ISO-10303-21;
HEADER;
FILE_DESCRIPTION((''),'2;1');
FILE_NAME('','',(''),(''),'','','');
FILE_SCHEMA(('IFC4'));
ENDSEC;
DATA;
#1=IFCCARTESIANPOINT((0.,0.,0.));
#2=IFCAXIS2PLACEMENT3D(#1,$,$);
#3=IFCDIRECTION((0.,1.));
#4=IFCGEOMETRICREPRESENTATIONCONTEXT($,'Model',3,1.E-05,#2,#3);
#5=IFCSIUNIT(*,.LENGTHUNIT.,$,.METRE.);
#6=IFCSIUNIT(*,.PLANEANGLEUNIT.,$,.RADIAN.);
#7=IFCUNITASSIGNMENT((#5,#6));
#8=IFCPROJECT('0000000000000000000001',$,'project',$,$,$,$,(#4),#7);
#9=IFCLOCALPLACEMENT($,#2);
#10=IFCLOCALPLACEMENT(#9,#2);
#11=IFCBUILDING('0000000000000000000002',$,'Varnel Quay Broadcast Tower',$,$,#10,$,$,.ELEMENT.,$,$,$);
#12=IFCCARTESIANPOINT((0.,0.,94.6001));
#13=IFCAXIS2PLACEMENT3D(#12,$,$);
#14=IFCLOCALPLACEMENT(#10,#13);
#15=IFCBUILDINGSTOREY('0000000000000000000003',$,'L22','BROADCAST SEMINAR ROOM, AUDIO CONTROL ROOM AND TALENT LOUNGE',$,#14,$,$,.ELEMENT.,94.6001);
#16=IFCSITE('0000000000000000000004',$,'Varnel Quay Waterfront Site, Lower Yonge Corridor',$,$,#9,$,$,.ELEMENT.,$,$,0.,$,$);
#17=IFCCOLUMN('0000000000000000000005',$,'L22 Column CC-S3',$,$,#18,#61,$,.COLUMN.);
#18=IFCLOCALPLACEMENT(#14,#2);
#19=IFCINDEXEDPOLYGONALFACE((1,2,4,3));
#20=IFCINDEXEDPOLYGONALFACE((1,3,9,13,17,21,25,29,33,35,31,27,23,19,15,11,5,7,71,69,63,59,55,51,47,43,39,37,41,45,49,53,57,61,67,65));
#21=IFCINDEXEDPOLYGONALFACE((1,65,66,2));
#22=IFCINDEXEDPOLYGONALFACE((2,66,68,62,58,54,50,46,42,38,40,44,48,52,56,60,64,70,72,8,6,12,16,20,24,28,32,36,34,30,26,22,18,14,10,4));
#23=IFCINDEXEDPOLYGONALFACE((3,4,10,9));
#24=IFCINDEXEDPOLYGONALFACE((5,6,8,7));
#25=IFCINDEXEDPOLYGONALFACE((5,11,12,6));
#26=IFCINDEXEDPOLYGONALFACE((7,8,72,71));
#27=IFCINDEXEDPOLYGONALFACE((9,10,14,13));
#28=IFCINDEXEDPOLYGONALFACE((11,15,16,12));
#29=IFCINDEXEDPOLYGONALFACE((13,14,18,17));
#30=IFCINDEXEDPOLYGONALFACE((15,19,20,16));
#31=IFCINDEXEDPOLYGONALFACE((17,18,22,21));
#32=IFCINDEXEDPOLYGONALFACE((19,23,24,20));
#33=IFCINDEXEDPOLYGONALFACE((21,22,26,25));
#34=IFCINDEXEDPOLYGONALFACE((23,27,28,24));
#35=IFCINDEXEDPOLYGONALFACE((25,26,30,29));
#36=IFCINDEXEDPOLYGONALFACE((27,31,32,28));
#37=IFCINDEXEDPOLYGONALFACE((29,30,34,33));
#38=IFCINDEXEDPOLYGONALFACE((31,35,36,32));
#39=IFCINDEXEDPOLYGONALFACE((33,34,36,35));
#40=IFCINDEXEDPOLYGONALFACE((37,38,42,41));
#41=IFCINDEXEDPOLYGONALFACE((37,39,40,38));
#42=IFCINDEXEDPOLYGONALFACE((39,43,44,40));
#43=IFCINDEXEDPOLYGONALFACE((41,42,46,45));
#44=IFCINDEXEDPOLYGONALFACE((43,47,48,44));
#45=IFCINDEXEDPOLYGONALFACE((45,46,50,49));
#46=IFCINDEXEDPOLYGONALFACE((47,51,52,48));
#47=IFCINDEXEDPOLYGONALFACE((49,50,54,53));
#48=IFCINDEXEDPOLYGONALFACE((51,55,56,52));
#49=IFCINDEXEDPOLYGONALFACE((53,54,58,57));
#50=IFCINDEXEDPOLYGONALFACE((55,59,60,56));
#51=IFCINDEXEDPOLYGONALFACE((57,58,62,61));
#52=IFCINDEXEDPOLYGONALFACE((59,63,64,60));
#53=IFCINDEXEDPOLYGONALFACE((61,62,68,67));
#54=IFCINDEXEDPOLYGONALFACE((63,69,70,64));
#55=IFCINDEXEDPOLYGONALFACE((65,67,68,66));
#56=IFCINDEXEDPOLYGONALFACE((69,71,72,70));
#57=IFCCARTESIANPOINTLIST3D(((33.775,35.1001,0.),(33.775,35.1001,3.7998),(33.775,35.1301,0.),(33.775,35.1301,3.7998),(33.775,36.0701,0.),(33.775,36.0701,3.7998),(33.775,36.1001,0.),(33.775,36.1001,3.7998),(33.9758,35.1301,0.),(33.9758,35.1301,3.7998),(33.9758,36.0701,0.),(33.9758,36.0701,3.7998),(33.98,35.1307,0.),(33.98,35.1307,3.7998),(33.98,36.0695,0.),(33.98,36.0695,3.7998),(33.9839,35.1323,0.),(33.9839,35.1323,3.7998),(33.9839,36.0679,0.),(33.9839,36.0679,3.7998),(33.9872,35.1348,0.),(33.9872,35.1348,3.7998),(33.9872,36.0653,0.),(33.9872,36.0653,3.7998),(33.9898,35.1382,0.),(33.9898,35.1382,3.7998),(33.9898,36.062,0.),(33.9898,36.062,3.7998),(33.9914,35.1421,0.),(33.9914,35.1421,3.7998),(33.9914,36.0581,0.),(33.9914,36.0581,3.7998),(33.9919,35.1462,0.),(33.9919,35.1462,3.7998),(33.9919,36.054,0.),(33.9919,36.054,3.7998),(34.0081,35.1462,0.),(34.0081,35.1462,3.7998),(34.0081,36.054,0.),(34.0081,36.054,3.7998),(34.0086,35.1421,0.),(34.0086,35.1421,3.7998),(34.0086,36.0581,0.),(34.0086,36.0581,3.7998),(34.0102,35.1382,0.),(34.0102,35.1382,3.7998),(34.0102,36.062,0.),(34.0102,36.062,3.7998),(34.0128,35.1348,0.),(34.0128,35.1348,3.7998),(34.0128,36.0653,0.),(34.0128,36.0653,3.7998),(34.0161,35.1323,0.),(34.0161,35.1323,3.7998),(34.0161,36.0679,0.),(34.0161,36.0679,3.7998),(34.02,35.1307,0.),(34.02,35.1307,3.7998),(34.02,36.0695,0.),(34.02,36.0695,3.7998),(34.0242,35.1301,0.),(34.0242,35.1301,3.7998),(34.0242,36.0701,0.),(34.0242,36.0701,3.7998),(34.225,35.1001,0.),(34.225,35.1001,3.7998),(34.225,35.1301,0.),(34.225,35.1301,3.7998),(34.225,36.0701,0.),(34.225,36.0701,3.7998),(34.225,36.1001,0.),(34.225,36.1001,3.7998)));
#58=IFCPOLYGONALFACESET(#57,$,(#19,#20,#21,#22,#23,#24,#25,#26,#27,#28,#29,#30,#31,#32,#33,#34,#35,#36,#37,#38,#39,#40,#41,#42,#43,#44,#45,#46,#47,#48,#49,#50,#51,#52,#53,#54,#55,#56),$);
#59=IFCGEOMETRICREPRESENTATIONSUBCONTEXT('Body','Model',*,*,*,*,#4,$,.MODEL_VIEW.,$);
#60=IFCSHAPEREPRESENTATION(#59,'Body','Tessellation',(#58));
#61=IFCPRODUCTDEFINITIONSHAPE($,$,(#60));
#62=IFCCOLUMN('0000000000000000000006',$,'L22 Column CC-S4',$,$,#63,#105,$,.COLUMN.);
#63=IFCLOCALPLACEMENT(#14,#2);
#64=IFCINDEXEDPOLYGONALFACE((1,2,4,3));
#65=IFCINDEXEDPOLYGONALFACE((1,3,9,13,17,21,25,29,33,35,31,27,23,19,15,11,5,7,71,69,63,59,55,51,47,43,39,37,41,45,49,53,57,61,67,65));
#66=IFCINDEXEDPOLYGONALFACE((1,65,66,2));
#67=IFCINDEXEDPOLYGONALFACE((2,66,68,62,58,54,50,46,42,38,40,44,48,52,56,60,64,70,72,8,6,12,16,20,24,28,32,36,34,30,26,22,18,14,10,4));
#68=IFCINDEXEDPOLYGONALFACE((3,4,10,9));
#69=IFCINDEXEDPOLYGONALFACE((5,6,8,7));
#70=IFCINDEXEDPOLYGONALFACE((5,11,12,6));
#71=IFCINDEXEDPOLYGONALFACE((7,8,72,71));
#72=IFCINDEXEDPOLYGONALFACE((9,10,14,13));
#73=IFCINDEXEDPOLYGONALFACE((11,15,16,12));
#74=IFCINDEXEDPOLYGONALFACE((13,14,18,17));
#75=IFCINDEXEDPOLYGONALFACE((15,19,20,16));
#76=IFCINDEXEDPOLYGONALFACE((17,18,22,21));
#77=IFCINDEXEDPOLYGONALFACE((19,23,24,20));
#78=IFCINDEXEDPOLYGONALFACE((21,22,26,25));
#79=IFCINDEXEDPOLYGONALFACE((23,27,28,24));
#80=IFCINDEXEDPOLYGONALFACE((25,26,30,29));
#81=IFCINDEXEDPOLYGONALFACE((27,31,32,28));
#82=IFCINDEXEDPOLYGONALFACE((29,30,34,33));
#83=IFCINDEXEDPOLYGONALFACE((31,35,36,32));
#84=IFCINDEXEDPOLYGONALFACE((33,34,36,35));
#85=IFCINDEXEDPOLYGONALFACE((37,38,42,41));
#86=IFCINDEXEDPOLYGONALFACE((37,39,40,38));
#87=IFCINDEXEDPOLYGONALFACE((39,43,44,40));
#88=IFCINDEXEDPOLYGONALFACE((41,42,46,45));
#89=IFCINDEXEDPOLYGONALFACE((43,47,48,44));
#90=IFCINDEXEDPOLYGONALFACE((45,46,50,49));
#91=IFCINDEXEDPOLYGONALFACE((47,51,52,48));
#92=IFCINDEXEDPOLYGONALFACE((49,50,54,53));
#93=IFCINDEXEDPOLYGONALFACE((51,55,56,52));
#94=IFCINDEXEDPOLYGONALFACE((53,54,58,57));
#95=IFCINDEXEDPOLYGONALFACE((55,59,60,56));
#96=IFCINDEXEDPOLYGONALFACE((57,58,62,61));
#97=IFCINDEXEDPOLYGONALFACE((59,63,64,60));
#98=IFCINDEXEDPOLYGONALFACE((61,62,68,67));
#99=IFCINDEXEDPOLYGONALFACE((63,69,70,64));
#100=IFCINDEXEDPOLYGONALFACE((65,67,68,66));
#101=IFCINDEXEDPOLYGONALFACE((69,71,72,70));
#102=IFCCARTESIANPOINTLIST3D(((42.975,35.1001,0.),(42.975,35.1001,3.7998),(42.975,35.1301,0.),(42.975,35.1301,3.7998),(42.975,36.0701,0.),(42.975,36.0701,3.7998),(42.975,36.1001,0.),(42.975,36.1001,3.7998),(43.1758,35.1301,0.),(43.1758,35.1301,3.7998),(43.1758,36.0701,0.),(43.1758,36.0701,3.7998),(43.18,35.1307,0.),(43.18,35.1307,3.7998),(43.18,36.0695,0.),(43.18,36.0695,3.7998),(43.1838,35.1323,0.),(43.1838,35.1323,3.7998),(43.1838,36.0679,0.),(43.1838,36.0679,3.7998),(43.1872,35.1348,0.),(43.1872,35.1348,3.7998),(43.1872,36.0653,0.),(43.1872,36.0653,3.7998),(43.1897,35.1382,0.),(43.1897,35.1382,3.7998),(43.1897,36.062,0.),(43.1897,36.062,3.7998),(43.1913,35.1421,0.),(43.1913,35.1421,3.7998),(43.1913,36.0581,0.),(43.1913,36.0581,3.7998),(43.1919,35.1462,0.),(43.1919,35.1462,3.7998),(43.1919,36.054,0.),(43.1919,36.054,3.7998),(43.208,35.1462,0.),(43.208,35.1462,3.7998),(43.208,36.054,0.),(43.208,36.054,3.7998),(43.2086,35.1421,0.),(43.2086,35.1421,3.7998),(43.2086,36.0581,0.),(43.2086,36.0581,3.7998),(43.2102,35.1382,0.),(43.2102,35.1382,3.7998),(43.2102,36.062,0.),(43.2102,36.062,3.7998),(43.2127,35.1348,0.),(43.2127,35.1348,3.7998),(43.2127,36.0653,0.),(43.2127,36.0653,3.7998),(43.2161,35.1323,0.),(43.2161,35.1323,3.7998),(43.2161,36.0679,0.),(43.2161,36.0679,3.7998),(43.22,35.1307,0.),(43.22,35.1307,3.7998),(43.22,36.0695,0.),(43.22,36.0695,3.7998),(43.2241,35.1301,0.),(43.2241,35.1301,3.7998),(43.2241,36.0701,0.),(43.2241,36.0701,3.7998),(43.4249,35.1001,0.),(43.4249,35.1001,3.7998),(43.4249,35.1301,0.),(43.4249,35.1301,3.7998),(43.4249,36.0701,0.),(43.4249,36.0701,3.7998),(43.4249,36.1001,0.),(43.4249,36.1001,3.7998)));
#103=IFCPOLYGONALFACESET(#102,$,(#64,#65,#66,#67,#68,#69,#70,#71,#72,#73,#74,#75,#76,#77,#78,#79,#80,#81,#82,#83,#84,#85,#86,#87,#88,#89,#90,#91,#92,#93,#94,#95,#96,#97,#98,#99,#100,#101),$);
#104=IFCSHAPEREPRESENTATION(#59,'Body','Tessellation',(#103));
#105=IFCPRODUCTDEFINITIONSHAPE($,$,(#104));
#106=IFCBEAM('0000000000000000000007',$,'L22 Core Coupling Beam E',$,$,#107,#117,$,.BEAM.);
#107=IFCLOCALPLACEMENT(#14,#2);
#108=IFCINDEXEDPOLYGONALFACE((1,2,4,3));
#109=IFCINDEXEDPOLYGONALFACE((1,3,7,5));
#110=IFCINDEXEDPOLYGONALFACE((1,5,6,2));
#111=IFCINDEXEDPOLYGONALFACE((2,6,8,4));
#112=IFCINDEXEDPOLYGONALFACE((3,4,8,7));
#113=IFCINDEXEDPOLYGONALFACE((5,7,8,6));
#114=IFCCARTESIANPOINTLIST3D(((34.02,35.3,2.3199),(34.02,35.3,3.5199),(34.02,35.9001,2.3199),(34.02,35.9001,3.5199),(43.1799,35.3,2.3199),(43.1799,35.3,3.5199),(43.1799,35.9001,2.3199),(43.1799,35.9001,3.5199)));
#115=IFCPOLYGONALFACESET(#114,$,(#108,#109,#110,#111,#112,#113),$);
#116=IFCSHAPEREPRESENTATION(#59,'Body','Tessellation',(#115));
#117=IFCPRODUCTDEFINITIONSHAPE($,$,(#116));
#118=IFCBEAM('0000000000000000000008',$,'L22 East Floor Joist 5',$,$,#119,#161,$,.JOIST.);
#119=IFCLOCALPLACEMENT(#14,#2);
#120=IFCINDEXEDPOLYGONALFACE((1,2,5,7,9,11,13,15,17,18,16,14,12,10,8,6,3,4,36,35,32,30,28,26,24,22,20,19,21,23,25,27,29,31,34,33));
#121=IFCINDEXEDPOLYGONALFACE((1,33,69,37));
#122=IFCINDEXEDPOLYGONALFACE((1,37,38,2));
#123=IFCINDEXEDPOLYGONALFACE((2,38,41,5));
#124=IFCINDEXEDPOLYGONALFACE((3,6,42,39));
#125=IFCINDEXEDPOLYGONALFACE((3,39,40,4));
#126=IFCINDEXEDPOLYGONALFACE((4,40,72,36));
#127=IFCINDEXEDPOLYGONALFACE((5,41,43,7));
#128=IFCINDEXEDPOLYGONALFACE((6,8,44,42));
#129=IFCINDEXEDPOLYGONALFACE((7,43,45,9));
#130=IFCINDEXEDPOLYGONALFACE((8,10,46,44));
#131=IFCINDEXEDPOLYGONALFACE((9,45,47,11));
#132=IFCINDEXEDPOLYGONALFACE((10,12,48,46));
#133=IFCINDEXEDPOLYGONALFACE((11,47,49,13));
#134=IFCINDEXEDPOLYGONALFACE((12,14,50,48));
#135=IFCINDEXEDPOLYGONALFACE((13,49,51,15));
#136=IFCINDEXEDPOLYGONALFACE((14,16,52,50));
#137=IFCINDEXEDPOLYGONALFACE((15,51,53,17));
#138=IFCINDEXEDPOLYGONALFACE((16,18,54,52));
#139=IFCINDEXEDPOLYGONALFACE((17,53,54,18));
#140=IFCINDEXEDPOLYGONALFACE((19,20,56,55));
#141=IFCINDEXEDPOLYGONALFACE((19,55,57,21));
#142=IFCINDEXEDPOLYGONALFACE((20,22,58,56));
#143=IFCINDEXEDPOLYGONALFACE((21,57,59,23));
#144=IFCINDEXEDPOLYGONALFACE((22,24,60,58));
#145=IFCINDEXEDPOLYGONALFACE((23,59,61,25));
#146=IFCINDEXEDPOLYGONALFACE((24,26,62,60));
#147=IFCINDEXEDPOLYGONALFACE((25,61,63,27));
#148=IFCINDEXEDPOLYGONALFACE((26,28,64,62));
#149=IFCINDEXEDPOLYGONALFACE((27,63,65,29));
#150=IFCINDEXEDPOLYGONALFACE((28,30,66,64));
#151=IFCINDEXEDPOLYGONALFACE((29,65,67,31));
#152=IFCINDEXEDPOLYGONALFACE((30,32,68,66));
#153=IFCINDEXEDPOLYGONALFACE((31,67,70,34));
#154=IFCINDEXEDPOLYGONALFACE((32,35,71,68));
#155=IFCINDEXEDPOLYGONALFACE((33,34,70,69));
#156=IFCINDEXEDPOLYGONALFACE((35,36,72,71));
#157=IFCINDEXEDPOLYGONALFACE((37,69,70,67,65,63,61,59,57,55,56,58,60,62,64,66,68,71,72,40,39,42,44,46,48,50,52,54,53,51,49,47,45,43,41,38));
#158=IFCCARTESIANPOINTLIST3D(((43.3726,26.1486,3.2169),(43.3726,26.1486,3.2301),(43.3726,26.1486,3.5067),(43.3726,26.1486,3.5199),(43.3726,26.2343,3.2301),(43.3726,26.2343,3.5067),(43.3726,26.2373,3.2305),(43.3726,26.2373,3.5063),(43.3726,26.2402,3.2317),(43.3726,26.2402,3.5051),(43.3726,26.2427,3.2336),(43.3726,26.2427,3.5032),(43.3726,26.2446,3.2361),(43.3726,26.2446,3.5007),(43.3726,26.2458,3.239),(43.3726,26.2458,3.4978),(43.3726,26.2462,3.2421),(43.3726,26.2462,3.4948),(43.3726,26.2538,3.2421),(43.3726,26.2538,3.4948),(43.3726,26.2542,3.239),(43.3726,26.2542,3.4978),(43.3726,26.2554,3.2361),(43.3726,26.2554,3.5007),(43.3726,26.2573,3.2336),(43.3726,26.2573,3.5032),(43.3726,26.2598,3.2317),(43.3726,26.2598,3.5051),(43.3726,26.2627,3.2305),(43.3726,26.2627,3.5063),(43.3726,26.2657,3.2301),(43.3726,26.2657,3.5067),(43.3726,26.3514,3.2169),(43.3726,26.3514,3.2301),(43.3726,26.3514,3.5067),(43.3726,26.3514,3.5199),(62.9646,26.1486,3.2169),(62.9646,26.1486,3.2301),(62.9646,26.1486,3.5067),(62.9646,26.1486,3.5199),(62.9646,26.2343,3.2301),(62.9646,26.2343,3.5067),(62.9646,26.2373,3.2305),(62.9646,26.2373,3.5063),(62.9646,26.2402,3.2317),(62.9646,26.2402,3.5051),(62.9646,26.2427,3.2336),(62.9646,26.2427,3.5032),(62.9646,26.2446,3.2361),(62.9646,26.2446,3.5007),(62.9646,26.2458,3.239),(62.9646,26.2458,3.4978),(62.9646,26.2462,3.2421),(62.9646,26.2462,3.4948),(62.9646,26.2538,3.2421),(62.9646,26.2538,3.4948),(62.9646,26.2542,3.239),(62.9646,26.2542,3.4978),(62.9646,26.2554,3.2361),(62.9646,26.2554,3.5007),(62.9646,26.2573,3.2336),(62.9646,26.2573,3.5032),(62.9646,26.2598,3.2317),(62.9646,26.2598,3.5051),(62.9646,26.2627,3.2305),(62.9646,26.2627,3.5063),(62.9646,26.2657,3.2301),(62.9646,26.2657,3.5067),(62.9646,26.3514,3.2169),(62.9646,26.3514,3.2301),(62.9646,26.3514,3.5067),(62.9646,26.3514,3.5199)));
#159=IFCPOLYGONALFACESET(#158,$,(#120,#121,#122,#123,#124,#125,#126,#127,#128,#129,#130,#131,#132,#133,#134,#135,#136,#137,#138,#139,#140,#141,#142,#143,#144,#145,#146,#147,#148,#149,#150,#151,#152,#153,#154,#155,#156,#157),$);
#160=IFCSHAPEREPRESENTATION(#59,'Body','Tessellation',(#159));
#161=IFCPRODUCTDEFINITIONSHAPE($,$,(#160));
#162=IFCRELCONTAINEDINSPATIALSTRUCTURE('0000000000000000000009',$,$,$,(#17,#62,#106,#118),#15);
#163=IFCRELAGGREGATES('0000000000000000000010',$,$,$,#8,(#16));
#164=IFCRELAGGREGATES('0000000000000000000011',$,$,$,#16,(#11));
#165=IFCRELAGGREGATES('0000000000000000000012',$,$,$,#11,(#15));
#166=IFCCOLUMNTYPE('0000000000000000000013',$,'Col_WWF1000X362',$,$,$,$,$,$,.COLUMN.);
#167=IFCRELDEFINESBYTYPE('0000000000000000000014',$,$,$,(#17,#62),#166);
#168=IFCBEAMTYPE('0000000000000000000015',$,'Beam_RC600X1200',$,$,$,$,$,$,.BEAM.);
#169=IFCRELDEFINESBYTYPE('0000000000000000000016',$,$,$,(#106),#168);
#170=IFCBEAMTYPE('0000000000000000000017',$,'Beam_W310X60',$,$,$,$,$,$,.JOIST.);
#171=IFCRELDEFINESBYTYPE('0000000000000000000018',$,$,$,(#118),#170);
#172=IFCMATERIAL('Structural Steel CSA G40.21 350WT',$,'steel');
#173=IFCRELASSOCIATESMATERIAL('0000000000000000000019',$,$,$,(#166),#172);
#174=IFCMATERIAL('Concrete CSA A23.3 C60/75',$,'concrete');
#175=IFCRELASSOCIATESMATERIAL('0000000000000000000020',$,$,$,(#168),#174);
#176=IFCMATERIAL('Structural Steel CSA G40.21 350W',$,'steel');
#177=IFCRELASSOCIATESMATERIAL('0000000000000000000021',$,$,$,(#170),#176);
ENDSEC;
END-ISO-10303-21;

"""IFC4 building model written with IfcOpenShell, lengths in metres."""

from ifc_helpers import new_model, si_unit, direction, frame, origin, origin_2d, place, context, subcontext, project, spatial, rectangle, i_section, extrude, source, transform, mapped, material, material_profile, profile_set, type_object, type_shapes, element, save


model = new_model("IFC4")

# Units and contexts
model_context = context("Model", 3, precision=1e-05, world=origin(), true_north=direction((0.0, 1.0)))
body_context = subcontext(model_context, "Body", "Model", "MODEL_VIEW")
ifc_project = project(units=[si_unit("LENGTHUNIT", "METRE"), si_unit("PLANEANGLEUNIT", "RADIAN")], contexts=[model_context])

# Site, building, storey
site_placement = place(None, origin())
site = spatial("IfcSite", under=ifc_project, at=site_placement, Name="Varnel Quay Waterfront Site, Lower Yonge Corridor", CompositionType="ELEMENT", RefElevation=0.0)
building_placement = place(site_placement, origin())
building = spatial("IfcBuilding", under=site, at=building_placement, Name="Varnel Quay Broadcast Tower", CompositionType="ELEMENT")
storey_placement = place(building_placement, frame((0.0, 0.0, 94.6001)))
storey = spatial("IfcBuildingStorey", under=building, at=storey_placement, Name="L22", Description="BROADCAST SEMINAR ROOM, AUDIO CONTROL ROOM AND TALENT LOUNGE", CompositionType="ELEMENT", Elevation=94.6001)

# Columns
ifc_material_1 = material(Name="Structural Steel CSA G40.21 350WT", Category="steel")
ifc_material_profile_1 = material_profile(ifc_material_1, i_section(OverallWidth=0.45, OverallDepth=1.0, WebThickness=0.0161, FlangeThickness=0.03, FilletRadius=0.0161, at=origin_2d()), Name="WWF1000X362")
ifc_profile_set_1 = profile_set([ifc_material_profile_1], Name="Structural Steel CSA G40.21 350WT")
column_type = type_object("IfcColumnType", Name="Col_WWF1000X362", PredefinedType="COLUMN", material=ifc_profile_set_1)
shared_shape_1 = source(origin(), body_context, "Body", "SweptSolid", [
    extrude(i_section(OverallWidth=0.45, OverallDepth=1.0, WebThickness=0.0161, FlangeThickness=0.03, FilletRadius=0.0161, at=origin_2d()), origin(), (0.0, 0.0, 1.0), 3.7998),
])
type_shapes(column_type, [shared_shape_1])
for number, where, z_axis, x_axis, name in (
    (1, (34.0, 35.6001, 0.0), (0.0, 0.0, 1.0), (1.0, 0.0, 0.0), "L22 Column CC-S3"),
    (2, (43.2, 35.6001, 0.0), (0.0, 0.0, 1.0), (1.0, 0.0, 0.0), "L22 Column CC-S4"),
):
    element("IfcColumn", number, at=place(storey_placement, frame(where, z_axis=z_axis, x_axis=x_axis)), inside=storey, type_object=column_type, Name=name, PredefinedType="COLUMN", context=body_context, shape_type="MappedRepresentation", body=[
        mapped(shared_shape_1, transform((0.0, 0.0, 0.0), x_axis=(1.0, 0.0, 0.0), y_axis=(0.0, 1.0, 0.0), z_axis=(0.0, 0.0, 1.0), scale=1.0)),
    ])

# Beams
ifc_material_2 = material(Name="Concrete CSA A23.3 C60/75", Category="concrete")
ifc_material_profile_2 = material_profile(ifc_material_2, rectangle(XDim=0.6001, YDim=1.2, at=origin_2d()), Name="RC600X1200")
ifc_profile_set_2 = profile_set([ifc_material_profile_2], Name="Concrete CSA A23.3 C60/75")
beam_type_1 = type_object("IfcBeamType", Name="Beam_RC600X1200", PredefinedType="BEAM", material=ifc_profile_set_2)
shared_shape_2 = source(origin(), body_context, "Body", "SweptSolid", [
    extrude(rectangle(XDim=0.6001, YDim=1.2, at=origin_2d()), origin(), (0.0, 0.0, 1.0), 9.1599),
])
type_shapes(beam_type_1, [shared_shape_2])
beam_1_placement = place(storey_placement, frame((34.02, 35.6001, 2.9199), z_axis=(1.0, 0.0, 0.0), x_axis=(0.0, 1.0, 0.0)))
element("IfcBeam", 3, at=beam_1_placement, inside=storey, type_object=beam_type_1, Name="L22 Core Coupling Beam E", PredefinedType="BEAM", context=body_context, shape_type="MappedRepresentation", body=[
    mapped(shared_shape_2, transform((0.0, 0.0, 0.0), x_axis=(1.0, 0.0, 0.0), y_axis=(0.0, 1.0, 0.0), z_axis=(0.0, 0.0, 1.0), scale=1.0)),
])
ifc_material_3 = material(Name="Structural Steel CSA G40.21 350W", Category="steel")
ifc_material_profile_3 = material_profile(ifc_material_3, i_section(OverallWidth=0.2029, OverallDepth=0.303, WebThickness=0.0076, FlangeThickness=0.0132, FilletRadius=0.012, at=origin_2d()), Name="W310X60")
ifc_profile_set_3 = profile_set([ifc_material_profile_3], Name="Structural Steel CSA G40.21 350W")
beam_type_2 = type_object("IfcBeamType", Name="Beam_W310X60", PredefinedType="JOIST", material=ifc_profile_set_3)
shared_shape_3 = source(origin(), body_context, "Body", "SweptSolid", [
    extrude(i_section(OverallWidth=0.2029, OverallDepth=0.303, WebThickness=0.0076, FlangeThickness=0.0132, FilletRadius=0.012, at=origin_2d()), origin(), (0.0, 0.0, 1.0), 19.592),
])
type_shapes(beam_type_2, [shared_shape_3])
beam_2_placement = place(storey_placement, frame((43.3726, 26.25, 3.3684), z_axis=(1.0, 0.0, 0.0), x_axis=(0.0, 1.0, 0.0)))
element("IfcBeam", 4, at=beam_2_placement, inside=storey, type_object=beam_type_2, Name="L22 East Floor Joist 5", PredefinedType="JOIST", context=body_context, shape_type="MappedRepresentation", body=[
    mapped(shared_shape_3, transform((0.0, 0.0, 0.0), x_axis=(1.0, 0.0, 0.0), y_axis=(0.0, 1.0, 0.0), z_axis=(0.0, 0.0, 1.0), scale=1.0)),
])

save(model, "model.ifc")
